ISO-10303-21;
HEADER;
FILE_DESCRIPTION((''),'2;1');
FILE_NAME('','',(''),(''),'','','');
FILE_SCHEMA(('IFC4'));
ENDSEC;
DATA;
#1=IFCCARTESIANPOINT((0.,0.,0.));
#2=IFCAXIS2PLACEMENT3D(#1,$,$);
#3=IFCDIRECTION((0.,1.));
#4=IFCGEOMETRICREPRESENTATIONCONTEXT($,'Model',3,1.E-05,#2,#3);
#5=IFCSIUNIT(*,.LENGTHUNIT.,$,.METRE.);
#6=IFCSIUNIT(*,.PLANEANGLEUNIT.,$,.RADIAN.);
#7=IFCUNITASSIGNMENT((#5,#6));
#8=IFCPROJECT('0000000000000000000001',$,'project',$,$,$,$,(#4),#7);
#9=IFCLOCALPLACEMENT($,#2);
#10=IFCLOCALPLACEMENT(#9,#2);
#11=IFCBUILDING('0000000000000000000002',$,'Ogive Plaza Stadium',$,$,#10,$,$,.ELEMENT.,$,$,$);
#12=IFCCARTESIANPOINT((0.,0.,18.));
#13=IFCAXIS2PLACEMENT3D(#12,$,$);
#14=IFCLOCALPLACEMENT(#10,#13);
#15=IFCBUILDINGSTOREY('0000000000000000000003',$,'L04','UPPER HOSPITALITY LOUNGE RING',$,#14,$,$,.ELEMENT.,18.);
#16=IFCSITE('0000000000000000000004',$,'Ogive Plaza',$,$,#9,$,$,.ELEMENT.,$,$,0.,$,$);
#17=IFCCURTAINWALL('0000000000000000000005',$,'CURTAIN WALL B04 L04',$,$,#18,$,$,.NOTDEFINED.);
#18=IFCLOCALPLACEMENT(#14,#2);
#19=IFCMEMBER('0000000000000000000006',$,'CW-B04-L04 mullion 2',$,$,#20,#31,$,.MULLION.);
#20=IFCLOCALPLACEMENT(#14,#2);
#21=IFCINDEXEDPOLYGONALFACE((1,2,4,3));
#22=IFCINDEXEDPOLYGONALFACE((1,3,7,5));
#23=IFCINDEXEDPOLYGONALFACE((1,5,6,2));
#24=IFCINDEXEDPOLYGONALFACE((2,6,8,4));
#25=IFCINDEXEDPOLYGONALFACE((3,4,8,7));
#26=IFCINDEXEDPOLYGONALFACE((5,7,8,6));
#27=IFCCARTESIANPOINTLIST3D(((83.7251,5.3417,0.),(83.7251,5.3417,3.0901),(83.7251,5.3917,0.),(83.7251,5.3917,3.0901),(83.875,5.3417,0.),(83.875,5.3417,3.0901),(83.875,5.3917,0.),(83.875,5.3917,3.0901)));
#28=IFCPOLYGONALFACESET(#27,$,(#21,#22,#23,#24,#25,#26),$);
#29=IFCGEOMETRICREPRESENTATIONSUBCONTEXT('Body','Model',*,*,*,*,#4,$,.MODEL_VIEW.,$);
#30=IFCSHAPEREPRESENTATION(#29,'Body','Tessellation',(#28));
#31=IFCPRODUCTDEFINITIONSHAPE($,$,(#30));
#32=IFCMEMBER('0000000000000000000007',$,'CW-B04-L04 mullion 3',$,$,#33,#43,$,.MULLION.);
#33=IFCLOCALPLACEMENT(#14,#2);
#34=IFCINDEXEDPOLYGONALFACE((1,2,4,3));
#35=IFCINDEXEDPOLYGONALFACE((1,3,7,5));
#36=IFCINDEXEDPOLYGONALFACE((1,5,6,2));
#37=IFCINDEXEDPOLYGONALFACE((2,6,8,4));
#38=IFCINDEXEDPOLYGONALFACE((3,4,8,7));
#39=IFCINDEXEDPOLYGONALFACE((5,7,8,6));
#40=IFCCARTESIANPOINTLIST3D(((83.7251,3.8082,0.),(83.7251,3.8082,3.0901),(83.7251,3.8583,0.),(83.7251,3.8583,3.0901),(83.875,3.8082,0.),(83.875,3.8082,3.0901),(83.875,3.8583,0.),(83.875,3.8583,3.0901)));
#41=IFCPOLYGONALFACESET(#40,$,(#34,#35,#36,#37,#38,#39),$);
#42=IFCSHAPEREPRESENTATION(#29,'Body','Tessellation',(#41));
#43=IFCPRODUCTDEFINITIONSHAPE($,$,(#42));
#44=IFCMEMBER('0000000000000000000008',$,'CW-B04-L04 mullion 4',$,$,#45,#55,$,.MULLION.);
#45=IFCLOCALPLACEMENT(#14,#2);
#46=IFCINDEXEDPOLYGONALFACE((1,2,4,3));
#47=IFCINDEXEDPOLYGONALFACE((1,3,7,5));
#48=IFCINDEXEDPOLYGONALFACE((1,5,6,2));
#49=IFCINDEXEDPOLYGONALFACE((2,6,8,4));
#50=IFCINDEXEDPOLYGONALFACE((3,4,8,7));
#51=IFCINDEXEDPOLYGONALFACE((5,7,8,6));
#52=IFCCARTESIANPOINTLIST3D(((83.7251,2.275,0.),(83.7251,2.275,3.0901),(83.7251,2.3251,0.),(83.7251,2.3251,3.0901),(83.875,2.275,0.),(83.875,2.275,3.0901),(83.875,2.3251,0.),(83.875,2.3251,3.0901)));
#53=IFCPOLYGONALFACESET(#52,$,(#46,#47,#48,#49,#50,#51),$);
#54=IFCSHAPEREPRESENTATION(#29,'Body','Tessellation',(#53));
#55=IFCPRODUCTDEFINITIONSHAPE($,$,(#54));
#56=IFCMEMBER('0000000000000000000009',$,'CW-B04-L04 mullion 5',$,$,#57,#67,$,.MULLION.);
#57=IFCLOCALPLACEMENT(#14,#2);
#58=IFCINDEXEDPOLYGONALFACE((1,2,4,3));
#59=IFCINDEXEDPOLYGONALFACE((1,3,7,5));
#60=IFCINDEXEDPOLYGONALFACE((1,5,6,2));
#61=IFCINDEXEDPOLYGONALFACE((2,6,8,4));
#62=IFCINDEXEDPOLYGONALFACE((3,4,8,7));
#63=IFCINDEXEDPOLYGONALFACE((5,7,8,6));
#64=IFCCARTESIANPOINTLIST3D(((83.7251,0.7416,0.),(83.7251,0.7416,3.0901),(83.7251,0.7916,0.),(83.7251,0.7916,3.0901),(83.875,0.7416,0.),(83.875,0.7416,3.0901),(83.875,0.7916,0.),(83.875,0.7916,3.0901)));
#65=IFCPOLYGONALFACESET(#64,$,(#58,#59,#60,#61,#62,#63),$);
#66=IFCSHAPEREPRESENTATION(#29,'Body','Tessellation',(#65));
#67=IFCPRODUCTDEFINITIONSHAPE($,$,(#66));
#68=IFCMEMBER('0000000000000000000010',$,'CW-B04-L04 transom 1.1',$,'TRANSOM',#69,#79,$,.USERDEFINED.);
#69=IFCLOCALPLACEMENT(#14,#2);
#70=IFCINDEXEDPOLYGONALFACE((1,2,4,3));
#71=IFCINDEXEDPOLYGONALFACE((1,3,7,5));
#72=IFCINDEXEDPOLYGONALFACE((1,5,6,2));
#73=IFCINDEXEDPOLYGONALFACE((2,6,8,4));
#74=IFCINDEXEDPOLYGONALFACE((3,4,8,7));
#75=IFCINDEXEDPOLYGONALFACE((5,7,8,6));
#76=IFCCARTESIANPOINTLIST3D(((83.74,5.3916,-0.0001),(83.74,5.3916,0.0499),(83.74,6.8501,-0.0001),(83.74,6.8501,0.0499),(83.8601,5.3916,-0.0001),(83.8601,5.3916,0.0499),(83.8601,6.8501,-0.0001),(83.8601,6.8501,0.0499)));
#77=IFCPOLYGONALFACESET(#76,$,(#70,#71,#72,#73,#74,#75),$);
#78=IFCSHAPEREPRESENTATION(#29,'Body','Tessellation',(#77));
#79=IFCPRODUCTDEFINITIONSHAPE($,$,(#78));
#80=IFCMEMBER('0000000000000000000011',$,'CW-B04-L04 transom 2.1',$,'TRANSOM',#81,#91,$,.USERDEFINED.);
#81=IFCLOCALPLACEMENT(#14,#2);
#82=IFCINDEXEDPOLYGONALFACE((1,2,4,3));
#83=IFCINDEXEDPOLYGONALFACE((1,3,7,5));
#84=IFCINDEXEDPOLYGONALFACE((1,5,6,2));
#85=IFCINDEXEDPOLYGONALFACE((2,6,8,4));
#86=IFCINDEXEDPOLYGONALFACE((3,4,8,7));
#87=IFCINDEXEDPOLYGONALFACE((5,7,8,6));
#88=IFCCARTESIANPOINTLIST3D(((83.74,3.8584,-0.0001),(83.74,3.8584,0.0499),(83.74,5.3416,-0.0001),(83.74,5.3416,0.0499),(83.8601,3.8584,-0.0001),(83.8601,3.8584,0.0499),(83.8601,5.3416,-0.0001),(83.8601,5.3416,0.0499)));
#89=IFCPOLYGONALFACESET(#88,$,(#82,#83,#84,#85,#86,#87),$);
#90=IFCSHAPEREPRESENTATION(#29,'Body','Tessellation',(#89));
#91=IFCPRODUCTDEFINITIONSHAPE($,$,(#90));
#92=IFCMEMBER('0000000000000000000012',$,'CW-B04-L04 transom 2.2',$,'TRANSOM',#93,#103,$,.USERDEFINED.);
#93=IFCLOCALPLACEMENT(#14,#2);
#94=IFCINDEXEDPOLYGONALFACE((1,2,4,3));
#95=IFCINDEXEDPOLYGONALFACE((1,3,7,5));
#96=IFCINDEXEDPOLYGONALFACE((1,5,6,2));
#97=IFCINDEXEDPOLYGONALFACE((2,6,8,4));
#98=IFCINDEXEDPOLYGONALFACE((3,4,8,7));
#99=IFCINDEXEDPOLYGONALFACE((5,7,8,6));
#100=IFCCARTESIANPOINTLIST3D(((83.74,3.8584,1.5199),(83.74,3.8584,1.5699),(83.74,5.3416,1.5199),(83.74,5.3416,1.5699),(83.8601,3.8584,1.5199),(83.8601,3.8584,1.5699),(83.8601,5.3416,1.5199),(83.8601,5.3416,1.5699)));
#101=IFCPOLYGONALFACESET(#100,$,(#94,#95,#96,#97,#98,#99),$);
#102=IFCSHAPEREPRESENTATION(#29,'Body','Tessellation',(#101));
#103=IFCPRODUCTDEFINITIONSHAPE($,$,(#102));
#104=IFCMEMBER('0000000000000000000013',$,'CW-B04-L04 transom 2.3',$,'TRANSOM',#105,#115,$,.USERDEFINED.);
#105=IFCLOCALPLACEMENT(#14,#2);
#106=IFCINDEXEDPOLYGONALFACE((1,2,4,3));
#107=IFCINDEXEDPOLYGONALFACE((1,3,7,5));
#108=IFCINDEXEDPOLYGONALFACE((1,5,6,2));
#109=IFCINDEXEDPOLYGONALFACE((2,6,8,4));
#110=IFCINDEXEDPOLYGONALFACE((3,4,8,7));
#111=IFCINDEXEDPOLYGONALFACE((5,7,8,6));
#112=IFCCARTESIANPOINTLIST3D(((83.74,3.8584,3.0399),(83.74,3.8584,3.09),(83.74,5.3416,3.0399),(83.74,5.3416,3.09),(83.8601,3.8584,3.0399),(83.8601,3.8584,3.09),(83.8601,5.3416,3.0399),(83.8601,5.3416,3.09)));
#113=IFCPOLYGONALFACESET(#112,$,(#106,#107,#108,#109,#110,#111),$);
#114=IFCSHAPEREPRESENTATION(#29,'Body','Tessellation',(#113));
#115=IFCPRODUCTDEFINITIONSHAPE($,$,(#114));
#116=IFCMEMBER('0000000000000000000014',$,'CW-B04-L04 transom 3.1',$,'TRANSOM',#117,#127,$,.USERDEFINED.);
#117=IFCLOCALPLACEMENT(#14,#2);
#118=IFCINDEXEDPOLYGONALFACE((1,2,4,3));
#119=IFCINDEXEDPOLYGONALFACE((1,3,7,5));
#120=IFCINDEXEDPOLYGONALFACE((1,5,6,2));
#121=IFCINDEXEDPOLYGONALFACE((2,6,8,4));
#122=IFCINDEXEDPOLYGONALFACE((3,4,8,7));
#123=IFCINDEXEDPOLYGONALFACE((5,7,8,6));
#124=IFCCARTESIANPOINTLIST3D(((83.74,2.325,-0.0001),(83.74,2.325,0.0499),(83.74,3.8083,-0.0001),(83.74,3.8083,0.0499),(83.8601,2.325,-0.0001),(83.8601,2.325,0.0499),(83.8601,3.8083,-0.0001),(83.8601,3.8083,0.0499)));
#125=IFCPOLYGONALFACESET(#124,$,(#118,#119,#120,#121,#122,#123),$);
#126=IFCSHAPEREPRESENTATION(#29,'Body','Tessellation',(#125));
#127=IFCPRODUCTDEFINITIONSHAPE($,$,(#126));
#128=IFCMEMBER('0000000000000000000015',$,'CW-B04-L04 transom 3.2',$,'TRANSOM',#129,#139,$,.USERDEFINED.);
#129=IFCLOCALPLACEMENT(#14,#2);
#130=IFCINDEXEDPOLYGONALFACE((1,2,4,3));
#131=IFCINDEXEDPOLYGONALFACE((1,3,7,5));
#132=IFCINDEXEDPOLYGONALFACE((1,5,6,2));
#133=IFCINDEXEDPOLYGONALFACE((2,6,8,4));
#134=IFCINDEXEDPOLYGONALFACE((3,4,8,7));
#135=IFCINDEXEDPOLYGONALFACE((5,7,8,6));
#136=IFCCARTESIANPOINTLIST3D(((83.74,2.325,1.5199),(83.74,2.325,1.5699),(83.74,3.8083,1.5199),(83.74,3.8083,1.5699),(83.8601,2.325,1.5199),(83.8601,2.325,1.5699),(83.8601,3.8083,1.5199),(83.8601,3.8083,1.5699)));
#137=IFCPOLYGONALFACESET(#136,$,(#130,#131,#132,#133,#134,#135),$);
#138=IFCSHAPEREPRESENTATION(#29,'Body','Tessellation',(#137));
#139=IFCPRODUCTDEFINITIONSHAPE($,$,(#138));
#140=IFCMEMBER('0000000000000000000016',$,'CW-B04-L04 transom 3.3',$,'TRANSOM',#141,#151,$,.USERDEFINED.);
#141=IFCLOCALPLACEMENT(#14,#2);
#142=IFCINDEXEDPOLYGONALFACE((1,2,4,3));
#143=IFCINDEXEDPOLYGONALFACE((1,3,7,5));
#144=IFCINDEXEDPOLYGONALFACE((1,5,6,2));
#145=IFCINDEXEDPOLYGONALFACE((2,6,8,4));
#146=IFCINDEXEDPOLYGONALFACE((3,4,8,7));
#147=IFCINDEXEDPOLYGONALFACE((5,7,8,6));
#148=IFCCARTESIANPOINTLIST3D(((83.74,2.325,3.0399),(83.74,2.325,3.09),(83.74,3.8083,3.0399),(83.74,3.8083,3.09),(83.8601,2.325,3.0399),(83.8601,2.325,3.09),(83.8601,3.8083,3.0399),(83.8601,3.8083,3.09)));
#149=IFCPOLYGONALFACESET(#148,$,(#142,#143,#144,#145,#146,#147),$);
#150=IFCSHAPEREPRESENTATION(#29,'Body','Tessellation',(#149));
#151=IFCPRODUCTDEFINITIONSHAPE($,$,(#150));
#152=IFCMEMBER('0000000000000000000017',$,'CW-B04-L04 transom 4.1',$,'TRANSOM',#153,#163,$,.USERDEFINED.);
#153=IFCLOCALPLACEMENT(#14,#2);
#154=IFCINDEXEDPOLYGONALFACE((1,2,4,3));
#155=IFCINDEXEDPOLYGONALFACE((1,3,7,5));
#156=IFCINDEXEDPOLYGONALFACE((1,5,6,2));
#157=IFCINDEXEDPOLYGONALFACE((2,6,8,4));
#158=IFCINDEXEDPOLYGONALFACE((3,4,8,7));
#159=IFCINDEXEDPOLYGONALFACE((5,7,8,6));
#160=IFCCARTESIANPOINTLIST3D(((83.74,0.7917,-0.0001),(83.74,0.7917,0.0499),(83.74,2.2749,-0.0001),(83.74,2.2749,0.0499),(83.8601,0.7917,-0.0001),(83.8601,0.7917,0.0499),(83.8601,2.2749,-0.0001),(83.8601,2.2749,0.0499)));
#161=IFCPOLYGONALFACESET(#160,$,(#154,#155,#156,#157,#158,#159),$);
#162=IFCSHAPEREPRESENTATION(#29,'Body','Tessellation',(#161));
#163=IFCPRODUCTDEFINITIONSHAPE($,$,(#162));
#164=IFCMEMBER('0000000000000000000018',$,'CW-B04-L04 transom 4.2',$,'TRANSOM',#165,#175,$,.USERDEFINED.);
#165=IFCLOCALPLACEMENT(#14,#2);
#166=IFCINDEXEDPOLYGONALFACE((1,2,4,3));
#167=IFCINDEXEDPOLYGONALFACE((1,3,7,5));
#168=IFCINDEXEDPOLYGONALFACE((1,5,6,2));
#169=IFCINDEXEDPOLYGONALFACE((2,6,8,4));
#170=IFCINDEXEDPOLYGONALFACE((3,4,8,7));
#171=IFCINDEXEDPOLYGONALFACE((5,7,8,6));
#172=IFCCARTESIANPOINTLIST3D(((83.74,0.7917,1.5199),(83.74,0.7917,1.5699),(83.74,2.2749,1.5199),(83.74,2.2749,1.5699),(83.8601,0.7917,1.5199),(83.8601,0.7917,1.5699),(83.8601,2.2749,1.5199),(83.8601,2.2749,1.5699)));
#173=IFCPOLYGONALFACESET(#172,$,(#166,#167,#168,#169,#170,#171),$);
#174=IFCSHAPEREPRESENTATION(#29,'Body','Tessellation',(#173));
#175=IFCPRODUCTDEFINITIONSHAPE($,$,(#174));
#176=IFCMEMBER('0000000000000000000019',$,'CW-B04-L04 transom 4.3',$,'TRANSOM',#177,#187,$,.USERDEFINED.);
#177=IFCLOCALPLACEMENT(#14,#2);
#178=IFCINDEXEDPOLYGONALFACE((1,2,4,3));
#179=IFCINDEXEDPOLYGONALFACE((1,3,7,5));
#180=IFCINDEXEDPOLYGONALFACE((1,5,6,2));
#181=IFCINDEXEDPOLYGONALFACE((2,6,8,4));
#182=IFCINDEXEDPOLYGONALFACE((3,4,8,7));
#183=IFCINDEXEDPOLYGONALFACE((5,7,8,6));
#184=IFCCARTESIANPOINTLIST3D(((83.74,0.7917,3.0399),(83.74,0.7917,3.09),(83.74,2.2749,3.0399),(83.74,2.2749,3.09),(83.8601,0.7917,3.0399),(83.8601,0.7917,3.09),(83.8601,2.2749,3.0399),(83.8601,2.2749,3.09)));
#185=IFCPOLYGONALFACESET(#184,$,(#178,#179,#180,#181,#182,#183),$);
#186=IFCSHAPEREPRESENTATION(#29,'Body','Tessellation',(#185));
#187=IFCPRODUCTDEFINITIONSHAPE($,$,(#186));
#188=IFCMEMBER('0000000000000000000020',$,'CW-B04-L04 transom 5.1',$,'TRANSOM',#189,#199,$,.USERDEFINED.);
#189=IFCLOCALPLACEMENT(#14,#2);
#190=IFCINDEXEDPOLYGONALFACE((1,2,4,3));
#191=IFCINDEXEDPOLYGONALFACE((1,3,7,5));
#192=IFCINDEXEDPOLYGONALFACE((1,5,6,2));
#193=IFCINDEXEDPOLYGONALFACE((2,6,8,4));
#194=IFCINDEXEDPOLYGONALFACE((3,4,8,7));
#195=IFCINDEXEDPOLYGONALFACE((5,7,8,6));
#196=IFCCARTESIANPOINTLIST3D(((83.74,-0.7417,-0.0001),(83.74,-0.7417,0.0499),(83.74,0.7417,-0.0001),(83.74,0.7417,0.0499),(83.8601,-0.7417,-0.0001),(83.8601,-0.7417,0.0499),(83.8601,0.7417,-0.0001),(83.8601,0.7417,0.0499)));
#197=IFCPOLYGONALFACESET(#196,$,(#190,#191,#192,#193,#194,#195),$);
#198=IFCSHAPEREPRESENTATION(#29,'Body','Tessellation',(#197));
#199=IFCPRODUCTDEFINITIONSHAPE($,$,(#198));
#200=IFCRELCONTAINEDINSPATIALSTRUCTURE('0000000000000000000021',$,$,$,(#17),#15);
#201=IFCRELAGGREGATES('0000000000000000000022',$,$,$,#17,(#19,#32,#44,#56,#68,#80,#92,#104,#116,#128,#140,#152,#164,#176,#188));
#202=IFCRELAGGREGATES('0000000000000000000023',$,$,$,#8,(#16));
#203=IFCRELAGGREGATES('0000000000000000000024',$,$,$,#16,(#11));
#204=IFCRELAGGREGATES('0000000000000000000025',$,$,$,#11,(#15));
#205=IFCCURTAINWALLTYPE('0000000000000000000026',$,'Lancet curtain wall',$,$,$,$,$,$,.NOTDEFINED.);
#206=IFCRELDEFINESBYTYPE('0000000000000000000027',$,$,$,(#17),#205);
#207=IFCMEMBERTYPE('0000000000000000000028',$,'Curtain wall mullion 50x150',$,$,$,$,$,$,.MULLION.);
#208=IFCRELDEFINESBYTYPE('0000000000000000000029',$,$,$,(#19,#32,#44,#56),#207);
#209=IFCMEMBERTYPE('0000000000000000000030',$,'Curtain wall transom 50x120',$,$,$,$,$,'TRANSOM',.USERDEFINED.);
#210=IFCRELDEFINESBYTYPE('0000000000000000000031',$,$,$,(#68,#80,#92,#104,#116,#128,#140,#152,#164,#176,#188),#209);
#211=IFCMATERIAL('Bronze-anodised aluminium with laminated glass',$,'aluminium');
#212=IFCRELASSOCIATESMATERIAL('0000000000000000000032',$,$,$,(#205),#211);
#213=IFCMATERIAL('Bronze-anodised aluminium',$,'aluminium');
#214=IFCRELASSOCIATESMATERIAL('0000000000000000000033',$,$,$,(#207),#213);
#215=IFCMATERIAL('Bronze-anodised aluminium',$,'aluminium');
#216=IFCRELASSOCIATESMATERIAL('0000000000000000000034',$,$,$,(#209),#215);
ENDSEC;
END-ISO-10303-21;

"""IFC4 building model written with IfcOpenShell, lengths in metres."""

from ifc_helpers import new_model, si_unit, direction, frame, origin, origin_2d, place, context, subcontext, project, spatial, rectangle, extrude, material, material_profile, profile_set, type_object, element, aggregate, save


model = new_model("IFC4")

# Units and contexts
model_context = context("Model", 3, precision=1e-05, world=origin(), true_north=direction((0.0, 1.0)))
body_context = subcontext(model_context, "Body", "Model", "MODEL_VIEW")
ifc_project = project(units=[si_unit("LENGTHUNIT", "METRE"), si_unit("PLANEANGLEUNIT", "RADIAN")], contexts=[model_context])

# Site, building, storey
site_placement = place(None, origin())
site = spatial("IfcSite", under=ifc_project, at=site_placement, Name="Ogive Plaza", CompositionType="ELEMENT", RefElevation=0.0)
building_placement = place(site_placement, origin())
building = spatial("IfcBuilding", under=site, at=building_placement, Name="Ogive Plaza Stadium", CompositionType="ELEMENT")
storey_placement = place(building_placement, frame((0.0, 0.0, 18.0)))
storey = spatial("IfcBuildingStorey", under=building, at=storey_placement, Name="L04", Description="UPPER HOSPITALITY LOUNGE RING", CompositionType="ELEMENT", Elevation=18.0)

# Curtain wall, members
ifc_material_1 = material(Name="Bronze-anodised aluminium with laminated glass", Category="aluminium")
curtain_wall_type = type_object("IfcCurtainWallType", Name="Lancet curtain wall", PredefinedType="NOTDEFINED", material=ifc_material_1)
curtain_wall_placement = place(storey_placement, origin())
curtain_wall = element("IfcCurtainWall", 1, at=curtain_wall_placement, inside=storey, type_object=curtain_wall_type, Name="CURTAIN WALL B04 L04", PredefinedType="NOTDEFINED")
ifc_material_2 = material(Name="Bronze-anodised aluminium", Category="aluminium")
ifc_material_profile_1 = material_profile(ifc_material_2, rectangle(XDim=0.1499, YDim=0.05, at=origin_2d()), Name="AL 150x50")
ifc_profile_set_1 = profile_set([ifc_material_profile_1], Name="Bronze-anodised aluminium")
member_type_1 = type_object("IfcMemberType", Name="Curtain wall mullion 50x150", PredefinedType="MULLION", material=ifc_profile_set_1)
member_1_placement = place(storey_placement, frame((83.8, 5.3667, 0.0), z_axis=(0.0, 0.0, 1.0), x_axis=(1.0, 0.0, 0.0)))
member_1 = element("IfcMember", 2, at=member_1_placement, type_object=member_type_1, Name="CW-B04-L04 mullion 2", PredefinedType="MULLION", context=body_context, shape_type="SweptSolid", body=[
    extrude(rectangle(XDim=0.1499, YDim=0.05, at=origin_2d()), origin(), (0.0, 0.0, 1.0), 3.0901),
])
member_2_placement = place(storey_placement, frame((83.8, 3.8333, 0.0), z_axis=(0.0, 0.0, 1.0), x_axis=(1.0, 0.0, 0.0)))
member_2 = element("IfcMember", 3, at=member_2_placement, type_object=member_type_1, Name="CW-B04-L04 mullion 3", PredefinedType="MULLION", context=body_context, shape_type="SweptSolid", body=[
    extrude(rectangle(XDim=0.1499, YDim=0.05, at=origin_2d()), origin(), (0.0, 0.0, 1.0), 3.0901),
])
member_3_placement = place(storey_placement, frame((83.8, 2.3, 0.0), z_axis=(0.0, 0.0, 1.0), x_axis=(1.0, 0.0, 0.0)))
member_3 = element("IfcMember", 4, at=member_3_placement, type_object=member_type_1, Name="CW-B04-L04 mullion 4", PredefinedType="MULLION", context=body_context, shape_type="SweptSolid", body=[
    extrude(rectangle(XDim=0.1499, YDim=0.05, at=origin_2d()), origin(), (0.0, 0.0, 1.0), 3.0901),
])
member_4_placement = place(storey_placement, frame((83.8, 0.7666, 0.0), z_axis=(0.0, 0.0, 1.0), x_axis=(1.0, 0.0, 0.0)))
member_4 = element("IfcMember", 5, at=member_4_placement, type_object=member_type_1, Name="CW-B04-L04 mullion 5", PredefinedType="MULLION", context=body_context, shape_type="SweptSolid", body=[
    extrude(rectangle(XDim=0.1499, YDim=0.05, at=origin_2d()), origin(), (0.0, 0.0, 1.0), 3.0901),
])
ifc_material_3 = material(Name="Bronze-anodised aluminium", Category="aluminium")
ifc_material_profile_2 = material_profile(ifc_material_3, rectangle(XDim=0.1201, YDim=0.05, at=origin_2d()), Name="AL 120x50")
ifc_profile_set_2 = profile_set([ifc_material_profile_2], Name="Bronze-anodised aluminium")
member_type_2 = type_object("IfcMemberType", Name="Curtain wall transom 50x120", ElementType="TRANSOM", PredefinedType="USERDEFINED", material=ifc_profile_set_2)
member_5_placement = place(storey_placement, frame((83.8, 6.8501, 0.0249), z_axis=(0.0, -1.0, 0.0), x_axis=(1.0, 0.0, 0.0)))
member_5 = element("IfcMember", 6, at=member_5_placement, type_object=member_type_2, Name="CW-B04-L04 transom 1.1", ObjectType="TRANSOM", PredefinedType="USERDEFINED", context=body_context, shape_type="SweptSolid", body=[
    extrude(rectangle(XDim=0.1201, YDim=0.05, at=origin_2d()), origin(), (0.0, 0.0, 1.0), 1.4585),
])
member_6_placement = place(storey_placement, frame((83.8, 5.3416, 0.0249), z_axis=(0.0, -1.0, 0.0), x_axis=(1.0, 0.0, 0.0)))
member_6 = element("IfcMember", 7, at=member_6_placement, type_object=member_type_2, Name="CW-B04-L04 transom 2.1", ObjectType="TRANSOM", PredefinedType="USERDEFINED", context=body_context, shape_type="SweptSolid", body=[
    extrude(rectangle(XDim=0.1201, YDim=0.05, at=origin_2d()), origin(), (0.0, 0.0, 1.0), 1.4832),
])
member_7_placement = place(storey_placement, frame((83.8, 5.3416, 1.5449), z_axis=(0.0, -1.0, 0.0), x_axis=(1.0, 0.0, 0.0)))
member_7 = element("IfcMember", 8, at=member_7_placement, type_object=member_type_2, Name="CW-B04-L04 transom 2.2", ObjectType="TRANSOM", PredefinedType="USERDEFINED", context=body_context, shape_type="SweptSolid", body=[
    extrude(rectangle(XDim=0.1201, YDim=0.05, at=origin_2d()), origin(), (0.0, 0.0, 1.0), 1.4832),
])
member_8_placement = place(storey_placement, frame((83.8, 5.3416, 3.0649), z_axis=(0.0, -1.0, 0.0), x_axis=(1.0, 0.0, 0.0)))
member_8 = element("IfcMember", 9, at=member_8_placement, type_object=member_type_2, Name="CW-B04-L04 transom 2.3", ObjectType="TRANSOM", PredefinedType="USERDEFINED", context=body_context, shape_type="SweptSolid", body=[
    extrude(rectangle(XDim=0.1201, YDim=0.05, at=origin_2d()), origin(), (0.0, 0.0, 1.0), 1.4832),
])
member_9_placement = place(storey_placement, frame((83.8, 3.8083, 0.0249), z_axis=(0.0, -1.0, 0.0), x_axis=(1.0, 0.0, 0.0)))
member_9 = element("IfcMember", 10, at=member_9_placement, type_object=member_type_2, Name="CW-B04-L04 transom 3.1", ObjectType="TRANSOM", PredefinedType="USERDEFINED", context=body_context, shape_type="SweptSolid", body=[
    extrude(rectangle(XDim=0.1201, YDim=0.05, at=origin_2d()), origin(), (0.0, 0.0, 1.0), 1.4834),
])
member_10_placement = place(storey_placement, frame((83.8, 3.8083, 1.5449), z_axis=(0.0, -1.0, 0.0), x_axis=(1.0, 0.0, 0.0)))
member_10 = element("IfcMember", 11, at=member_10_placement, type_object=member_type_2, Name="CW-B04-L04 transom 3.2", ObjectType="TRANSOM", PredefinedType="USERDEFINED", context=body_context, shape_type="SweptSolid", body=[
    extrude(rectangle(XDim=0.1201, YDim=0.05, at=origin_2d()), origin(), (0.0, 0.0, 1.0), 1.4834),
])
member_11_placement = place(storey_placement, frame((83.8, 3.8083, 3.0649), z_axis=(0.0, -1.0, 0.0), x_axis=(1.0, 0.0, 0.0)))
member_11 = element("IfcMember", 12, at=member_11_placement, type_object=member_type_2, Name="CW-B04-L04 transom 3.3", ObjectType="TRANSOM", PredefinedType="USERDEFINED", context=body_context, shape_type="SweptSolid", body=[
    extrude(rectangle(XDim=0.1201, YDim=0.05, at=origin_2d()), origin(), (0.0, 0.0, 1.0), 1.4834),
])
member_12_placement = place(storey_placement, frame((83.8, 2.2749, 0.0249), z_axis=(0.0, -1.0, 0.0), x_axis=(1.0, 0.0, 0.0)))
member_12 = element("IfcMember", 13, at=member_12_placement, type_object=member_type_2, Name="CW-B04-L04 transom 4.1", ObjectType="TRANSOM", PredefinedType="USERDEFINED", context=body_context, shape_type="SweptSolid", body=[
    extrude(rectangle(XDim=0.1201, YDim=0.05, at=origin_2d()), origin(), (0.0, 0.0, 1.0), 1.4832),
])
member_13_placement = place(storey_placement, frame((83.8, 2.2749, 1.5449), z_axis=(0.0, -1.0, 0.0), x_axis=(1.0, 0.0, 0.0)))
member_13 = element("IfcMember", 14, at=member_13_placement, type_object=member_type_2, Name="CW-B04-L04 transom 4.2", ObjectType="TRANSOM", PredefinedType="USERDEFINED", context=body_context, shape_type="SweptSolid", body=[
    extrude(rectangle(XDim=0.1201, YDim=0.05, at=origin_2d()), origin(), (0.0, 0.0, 1.0), 1.4832),
])
member_14_placement = place(storey_placement, frame((83.8, 2.2749, 3.0649), z_axis=(0.0, -1.0, 0.0), x_axis=(1.0, 0.0, 0.0)))
member_14 = element("IfcMember", 15, at=member_14_placement, type_object=member_type_2, Name="CW-B04-L04 transom 4.3", ObjectType="TRANSOM", PredefinedType="USERDEFINED", context=body_context, shape_type="SweptSolid", body=[
    extrude(rectangle(XDim=0.1201, YDim=0.05, at=origin_2d()), origin(), (0.0, 0.0, 1.0), 1.4832),
])
member_15_placement = place(storey_placement, frame((83.8, 0.7417, 0.0249), z_axis=(0.0, -1.0, 0.0), x_axis=(1.0, 0.0, 0.0)))
member_15 = element("IfcMember", 16, at=member_15_placement, type_object=member_type_2, Name="CW-B04-L04 transom 5.1", ObjectType="TRANSOM", PredefinedType="USERDEFINED", context=body_context, shape_type="SweptSolid", body=[
    extrude(rectangle(XDim=0.1201, YDim=0.05, at=origin_2d()), origin(), (0.0, 0.0, 1.0), 1.4834),
])
aggregate(curtain_wall, [member_1, member_2, member_3, member_4, member_5, member_6, member_7, member_8, member_9, member_10, member_11, member_12, member_13, member_14, member_15])

save(model, "model.ifc")
